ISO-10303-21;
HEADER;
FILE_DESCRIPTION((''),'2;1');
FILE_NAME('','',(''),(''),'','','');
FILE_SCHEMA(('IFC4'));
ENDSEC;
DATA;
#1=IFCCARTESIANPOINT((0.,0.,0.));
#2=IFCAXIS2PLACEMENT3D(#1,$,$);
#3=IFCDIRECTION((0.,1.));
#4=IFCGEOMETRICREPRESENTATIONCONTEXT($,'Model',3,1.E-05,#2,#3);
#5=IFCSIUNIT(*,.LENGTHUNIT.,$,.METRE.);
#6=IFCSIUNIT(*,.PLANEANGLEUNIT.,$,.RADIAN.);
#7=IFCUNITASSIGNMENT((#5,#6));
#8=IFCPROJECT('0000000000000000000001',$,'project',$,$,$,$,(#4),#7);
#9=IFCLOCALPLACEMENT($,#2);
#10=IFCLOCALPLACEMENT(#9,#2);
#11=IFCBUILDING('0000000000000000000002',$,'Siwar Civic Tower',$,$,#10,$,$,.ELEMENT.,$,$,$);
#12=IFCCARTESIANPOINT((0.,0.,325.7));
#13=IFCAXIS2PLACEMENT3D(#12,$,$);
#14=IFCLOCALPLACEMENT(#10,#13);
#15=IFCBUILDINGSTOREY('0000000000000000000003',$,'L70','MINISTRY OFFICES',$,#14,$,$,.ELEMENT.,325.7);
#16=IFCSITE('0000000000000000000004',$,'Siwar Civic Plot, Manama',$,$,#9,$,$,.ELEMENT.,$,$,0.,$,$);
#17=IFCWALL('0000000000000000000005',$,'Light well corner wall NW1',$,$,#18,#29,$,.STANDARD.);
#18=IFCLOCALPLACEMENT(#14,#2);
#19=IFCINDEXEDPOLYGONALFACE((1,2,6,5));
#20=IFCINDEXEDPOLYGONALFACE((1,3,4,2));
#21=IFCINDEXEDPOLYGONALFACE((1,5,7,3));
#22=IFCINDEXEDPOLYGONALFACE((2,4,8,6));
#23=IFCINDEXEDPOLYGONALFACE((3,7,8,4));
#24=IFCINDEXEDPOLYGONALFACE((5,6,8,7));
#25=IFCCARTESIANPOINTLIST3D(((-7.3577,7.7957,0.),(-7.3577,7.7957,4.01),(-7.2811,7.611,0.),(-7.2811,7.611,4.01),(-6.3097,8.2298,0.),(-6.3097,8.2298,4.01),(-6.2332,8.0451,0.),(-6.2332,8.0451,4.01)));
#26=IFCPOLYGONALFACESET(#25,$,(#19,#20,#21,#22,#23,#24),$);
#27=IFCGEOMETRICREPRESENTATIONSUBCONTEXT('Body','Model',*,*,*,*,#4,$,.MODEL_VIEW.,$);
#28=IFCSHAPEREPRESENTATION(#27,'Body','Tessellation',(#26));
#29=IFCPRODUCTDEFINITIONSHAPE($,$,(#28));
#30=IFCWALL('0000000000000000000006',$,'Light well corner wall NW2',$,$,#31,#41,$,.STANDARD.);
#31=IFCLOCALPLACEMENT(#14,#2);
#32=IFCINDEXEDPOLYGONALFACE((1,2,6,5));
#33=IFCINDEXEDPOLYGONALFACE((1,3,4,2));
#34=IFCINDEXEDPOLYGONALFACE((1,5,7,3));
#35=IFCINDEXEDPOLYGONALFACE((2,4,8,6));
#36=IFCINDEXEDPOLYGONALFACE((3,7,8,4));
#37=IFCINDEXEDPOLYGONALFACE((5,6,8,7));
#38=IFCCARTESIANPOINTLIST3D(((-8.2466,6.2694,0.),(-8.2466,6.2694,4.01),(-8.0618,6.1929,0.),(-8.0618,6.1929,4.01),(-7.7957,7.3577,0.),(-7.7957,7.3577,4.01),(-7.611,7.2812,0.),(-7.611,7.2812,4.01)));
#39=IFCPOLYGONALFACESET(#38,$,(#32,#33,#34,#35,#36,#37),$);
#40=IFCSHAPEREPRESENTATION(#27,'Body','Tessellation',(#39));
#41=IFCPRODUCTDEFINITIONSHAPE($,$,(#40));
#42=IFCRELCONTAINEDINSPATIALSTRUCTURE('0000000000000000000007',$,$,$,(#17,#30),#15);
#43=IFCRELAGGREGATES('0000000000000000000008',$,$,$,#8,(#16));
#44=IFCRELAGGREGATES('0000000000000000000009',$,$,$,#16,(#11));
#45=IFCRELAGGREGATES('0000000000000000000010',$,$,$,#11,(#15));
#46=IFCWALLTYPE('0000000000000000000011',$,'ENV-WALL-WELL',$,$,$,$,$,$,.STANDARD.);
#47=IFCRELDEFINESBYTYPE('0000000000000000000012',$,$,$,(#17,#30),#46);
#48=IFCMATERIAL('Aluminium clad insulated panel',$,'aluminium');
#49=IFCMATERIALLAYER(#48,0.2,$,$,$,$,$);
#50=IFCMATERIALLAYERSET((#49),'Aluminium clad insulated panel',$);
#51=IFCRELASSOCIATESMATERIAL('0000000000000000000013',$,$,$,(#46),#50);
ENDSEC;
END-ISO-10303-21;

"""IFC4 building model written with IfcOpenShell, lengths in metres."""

from ifc_helpers import new_model, si_unit, direction, frame, frame_2d, origin, place, context, subcontext, project, spatial, rectangle, extrude, material, layer, layer_set, type_object, element, save


model = new_model("IFC4")

# Units and contexts
model_context = context("Model", 3, precision=1e-05, world=origin(), true_north=direction((0.0, 1.0)))
body_context = subcontext(model_context, "Body", "Model", "MODEL_VIEW")
ifc_project = project(units=[si_unit("LENGTHUNIT", "METRE"), si_unit("PLANEANGLEUNIT", "RADIAN")], contexts=[model_context])

# Site, building, storey
site_placement = place(None, origin())
site = spatial("IfcSite", under=ifc_project, at=site_placement, Name="Siwar Civic Plot, Manama", CompositionType="ELEMENT", RefElevation=0.0)
building_placement = place(site_placement, origin())
building = spatial("IfcBuilding", under=site, at=building_placement, Name="Siwar Civic Tower", CompositionType="ELEMENT")
storey_placement = place(building_placement, frame((0.0, 0.0, 325.7)))
storey = spatial("IfcBuildingStorey", under=building, at=storey_placement, Name="L70", Description="MINISTRY OFFICES", CompositionType="ELEMENT", Elevation=325.7)

# Walls
ifc_material_1 = material(Name="Aluminium clad insulated panel", Category="aluminium")
ifc_layer_1 = layer(ifc_material_1, 0.2)
ifc_layer_set_1 = layer_set([ifc_layer_1], Name="Aluminium clad insulated panel")
wall_type_1 = type_object("IfcWallType", Name="ENV-WALL-WELL", PredefinedType="STANDARD", material=ifc_layer_set_1)
wall_1_placement = place(storey_placement, frame((-6.2715, 8.1375, 0.0), z_axis=(0.0, 0.0, 1.0), x_axis=(-0.923865, -0.382719, 0.0)))
element("IfcWall", 1, at=wall_1_placement, inside=storey, type_object=wall_type_1, Name="Light well corner wall NW1", PredefinedType="STANDARD", context=body_context, shape_type="SweptSolid", body=[
    extrude(rectangle(XDim=1.1343, YDim=0.2, at=frame_2d((0.5671, 0.0))), origin(), (0.0, 0.0, 1.0), 4.01),
])
wall_2_placement = place(storey_placement, frame((-7.7034, 7.3193, 0.0), z_axis=(0.0, 0.0, 1.0), x_axis=(-0.382761, -0.923848, 0.0)))
element("IfcWall", 2, at=wall_2_placement, inside=storey, type_object=wall_type_1, Name="Light well corner wall NW2", PredefinedType="STANDARD", context=body_context, shape_type="SweptSolid", body=[
    extrude(rectangle(XDim=1.178, YDim=0.2, at=frame_2d((0.5889, 0.0))), origin(), (0.0, 0.0, 1.0), 4.01),
])

save(model, "model.ifc")
